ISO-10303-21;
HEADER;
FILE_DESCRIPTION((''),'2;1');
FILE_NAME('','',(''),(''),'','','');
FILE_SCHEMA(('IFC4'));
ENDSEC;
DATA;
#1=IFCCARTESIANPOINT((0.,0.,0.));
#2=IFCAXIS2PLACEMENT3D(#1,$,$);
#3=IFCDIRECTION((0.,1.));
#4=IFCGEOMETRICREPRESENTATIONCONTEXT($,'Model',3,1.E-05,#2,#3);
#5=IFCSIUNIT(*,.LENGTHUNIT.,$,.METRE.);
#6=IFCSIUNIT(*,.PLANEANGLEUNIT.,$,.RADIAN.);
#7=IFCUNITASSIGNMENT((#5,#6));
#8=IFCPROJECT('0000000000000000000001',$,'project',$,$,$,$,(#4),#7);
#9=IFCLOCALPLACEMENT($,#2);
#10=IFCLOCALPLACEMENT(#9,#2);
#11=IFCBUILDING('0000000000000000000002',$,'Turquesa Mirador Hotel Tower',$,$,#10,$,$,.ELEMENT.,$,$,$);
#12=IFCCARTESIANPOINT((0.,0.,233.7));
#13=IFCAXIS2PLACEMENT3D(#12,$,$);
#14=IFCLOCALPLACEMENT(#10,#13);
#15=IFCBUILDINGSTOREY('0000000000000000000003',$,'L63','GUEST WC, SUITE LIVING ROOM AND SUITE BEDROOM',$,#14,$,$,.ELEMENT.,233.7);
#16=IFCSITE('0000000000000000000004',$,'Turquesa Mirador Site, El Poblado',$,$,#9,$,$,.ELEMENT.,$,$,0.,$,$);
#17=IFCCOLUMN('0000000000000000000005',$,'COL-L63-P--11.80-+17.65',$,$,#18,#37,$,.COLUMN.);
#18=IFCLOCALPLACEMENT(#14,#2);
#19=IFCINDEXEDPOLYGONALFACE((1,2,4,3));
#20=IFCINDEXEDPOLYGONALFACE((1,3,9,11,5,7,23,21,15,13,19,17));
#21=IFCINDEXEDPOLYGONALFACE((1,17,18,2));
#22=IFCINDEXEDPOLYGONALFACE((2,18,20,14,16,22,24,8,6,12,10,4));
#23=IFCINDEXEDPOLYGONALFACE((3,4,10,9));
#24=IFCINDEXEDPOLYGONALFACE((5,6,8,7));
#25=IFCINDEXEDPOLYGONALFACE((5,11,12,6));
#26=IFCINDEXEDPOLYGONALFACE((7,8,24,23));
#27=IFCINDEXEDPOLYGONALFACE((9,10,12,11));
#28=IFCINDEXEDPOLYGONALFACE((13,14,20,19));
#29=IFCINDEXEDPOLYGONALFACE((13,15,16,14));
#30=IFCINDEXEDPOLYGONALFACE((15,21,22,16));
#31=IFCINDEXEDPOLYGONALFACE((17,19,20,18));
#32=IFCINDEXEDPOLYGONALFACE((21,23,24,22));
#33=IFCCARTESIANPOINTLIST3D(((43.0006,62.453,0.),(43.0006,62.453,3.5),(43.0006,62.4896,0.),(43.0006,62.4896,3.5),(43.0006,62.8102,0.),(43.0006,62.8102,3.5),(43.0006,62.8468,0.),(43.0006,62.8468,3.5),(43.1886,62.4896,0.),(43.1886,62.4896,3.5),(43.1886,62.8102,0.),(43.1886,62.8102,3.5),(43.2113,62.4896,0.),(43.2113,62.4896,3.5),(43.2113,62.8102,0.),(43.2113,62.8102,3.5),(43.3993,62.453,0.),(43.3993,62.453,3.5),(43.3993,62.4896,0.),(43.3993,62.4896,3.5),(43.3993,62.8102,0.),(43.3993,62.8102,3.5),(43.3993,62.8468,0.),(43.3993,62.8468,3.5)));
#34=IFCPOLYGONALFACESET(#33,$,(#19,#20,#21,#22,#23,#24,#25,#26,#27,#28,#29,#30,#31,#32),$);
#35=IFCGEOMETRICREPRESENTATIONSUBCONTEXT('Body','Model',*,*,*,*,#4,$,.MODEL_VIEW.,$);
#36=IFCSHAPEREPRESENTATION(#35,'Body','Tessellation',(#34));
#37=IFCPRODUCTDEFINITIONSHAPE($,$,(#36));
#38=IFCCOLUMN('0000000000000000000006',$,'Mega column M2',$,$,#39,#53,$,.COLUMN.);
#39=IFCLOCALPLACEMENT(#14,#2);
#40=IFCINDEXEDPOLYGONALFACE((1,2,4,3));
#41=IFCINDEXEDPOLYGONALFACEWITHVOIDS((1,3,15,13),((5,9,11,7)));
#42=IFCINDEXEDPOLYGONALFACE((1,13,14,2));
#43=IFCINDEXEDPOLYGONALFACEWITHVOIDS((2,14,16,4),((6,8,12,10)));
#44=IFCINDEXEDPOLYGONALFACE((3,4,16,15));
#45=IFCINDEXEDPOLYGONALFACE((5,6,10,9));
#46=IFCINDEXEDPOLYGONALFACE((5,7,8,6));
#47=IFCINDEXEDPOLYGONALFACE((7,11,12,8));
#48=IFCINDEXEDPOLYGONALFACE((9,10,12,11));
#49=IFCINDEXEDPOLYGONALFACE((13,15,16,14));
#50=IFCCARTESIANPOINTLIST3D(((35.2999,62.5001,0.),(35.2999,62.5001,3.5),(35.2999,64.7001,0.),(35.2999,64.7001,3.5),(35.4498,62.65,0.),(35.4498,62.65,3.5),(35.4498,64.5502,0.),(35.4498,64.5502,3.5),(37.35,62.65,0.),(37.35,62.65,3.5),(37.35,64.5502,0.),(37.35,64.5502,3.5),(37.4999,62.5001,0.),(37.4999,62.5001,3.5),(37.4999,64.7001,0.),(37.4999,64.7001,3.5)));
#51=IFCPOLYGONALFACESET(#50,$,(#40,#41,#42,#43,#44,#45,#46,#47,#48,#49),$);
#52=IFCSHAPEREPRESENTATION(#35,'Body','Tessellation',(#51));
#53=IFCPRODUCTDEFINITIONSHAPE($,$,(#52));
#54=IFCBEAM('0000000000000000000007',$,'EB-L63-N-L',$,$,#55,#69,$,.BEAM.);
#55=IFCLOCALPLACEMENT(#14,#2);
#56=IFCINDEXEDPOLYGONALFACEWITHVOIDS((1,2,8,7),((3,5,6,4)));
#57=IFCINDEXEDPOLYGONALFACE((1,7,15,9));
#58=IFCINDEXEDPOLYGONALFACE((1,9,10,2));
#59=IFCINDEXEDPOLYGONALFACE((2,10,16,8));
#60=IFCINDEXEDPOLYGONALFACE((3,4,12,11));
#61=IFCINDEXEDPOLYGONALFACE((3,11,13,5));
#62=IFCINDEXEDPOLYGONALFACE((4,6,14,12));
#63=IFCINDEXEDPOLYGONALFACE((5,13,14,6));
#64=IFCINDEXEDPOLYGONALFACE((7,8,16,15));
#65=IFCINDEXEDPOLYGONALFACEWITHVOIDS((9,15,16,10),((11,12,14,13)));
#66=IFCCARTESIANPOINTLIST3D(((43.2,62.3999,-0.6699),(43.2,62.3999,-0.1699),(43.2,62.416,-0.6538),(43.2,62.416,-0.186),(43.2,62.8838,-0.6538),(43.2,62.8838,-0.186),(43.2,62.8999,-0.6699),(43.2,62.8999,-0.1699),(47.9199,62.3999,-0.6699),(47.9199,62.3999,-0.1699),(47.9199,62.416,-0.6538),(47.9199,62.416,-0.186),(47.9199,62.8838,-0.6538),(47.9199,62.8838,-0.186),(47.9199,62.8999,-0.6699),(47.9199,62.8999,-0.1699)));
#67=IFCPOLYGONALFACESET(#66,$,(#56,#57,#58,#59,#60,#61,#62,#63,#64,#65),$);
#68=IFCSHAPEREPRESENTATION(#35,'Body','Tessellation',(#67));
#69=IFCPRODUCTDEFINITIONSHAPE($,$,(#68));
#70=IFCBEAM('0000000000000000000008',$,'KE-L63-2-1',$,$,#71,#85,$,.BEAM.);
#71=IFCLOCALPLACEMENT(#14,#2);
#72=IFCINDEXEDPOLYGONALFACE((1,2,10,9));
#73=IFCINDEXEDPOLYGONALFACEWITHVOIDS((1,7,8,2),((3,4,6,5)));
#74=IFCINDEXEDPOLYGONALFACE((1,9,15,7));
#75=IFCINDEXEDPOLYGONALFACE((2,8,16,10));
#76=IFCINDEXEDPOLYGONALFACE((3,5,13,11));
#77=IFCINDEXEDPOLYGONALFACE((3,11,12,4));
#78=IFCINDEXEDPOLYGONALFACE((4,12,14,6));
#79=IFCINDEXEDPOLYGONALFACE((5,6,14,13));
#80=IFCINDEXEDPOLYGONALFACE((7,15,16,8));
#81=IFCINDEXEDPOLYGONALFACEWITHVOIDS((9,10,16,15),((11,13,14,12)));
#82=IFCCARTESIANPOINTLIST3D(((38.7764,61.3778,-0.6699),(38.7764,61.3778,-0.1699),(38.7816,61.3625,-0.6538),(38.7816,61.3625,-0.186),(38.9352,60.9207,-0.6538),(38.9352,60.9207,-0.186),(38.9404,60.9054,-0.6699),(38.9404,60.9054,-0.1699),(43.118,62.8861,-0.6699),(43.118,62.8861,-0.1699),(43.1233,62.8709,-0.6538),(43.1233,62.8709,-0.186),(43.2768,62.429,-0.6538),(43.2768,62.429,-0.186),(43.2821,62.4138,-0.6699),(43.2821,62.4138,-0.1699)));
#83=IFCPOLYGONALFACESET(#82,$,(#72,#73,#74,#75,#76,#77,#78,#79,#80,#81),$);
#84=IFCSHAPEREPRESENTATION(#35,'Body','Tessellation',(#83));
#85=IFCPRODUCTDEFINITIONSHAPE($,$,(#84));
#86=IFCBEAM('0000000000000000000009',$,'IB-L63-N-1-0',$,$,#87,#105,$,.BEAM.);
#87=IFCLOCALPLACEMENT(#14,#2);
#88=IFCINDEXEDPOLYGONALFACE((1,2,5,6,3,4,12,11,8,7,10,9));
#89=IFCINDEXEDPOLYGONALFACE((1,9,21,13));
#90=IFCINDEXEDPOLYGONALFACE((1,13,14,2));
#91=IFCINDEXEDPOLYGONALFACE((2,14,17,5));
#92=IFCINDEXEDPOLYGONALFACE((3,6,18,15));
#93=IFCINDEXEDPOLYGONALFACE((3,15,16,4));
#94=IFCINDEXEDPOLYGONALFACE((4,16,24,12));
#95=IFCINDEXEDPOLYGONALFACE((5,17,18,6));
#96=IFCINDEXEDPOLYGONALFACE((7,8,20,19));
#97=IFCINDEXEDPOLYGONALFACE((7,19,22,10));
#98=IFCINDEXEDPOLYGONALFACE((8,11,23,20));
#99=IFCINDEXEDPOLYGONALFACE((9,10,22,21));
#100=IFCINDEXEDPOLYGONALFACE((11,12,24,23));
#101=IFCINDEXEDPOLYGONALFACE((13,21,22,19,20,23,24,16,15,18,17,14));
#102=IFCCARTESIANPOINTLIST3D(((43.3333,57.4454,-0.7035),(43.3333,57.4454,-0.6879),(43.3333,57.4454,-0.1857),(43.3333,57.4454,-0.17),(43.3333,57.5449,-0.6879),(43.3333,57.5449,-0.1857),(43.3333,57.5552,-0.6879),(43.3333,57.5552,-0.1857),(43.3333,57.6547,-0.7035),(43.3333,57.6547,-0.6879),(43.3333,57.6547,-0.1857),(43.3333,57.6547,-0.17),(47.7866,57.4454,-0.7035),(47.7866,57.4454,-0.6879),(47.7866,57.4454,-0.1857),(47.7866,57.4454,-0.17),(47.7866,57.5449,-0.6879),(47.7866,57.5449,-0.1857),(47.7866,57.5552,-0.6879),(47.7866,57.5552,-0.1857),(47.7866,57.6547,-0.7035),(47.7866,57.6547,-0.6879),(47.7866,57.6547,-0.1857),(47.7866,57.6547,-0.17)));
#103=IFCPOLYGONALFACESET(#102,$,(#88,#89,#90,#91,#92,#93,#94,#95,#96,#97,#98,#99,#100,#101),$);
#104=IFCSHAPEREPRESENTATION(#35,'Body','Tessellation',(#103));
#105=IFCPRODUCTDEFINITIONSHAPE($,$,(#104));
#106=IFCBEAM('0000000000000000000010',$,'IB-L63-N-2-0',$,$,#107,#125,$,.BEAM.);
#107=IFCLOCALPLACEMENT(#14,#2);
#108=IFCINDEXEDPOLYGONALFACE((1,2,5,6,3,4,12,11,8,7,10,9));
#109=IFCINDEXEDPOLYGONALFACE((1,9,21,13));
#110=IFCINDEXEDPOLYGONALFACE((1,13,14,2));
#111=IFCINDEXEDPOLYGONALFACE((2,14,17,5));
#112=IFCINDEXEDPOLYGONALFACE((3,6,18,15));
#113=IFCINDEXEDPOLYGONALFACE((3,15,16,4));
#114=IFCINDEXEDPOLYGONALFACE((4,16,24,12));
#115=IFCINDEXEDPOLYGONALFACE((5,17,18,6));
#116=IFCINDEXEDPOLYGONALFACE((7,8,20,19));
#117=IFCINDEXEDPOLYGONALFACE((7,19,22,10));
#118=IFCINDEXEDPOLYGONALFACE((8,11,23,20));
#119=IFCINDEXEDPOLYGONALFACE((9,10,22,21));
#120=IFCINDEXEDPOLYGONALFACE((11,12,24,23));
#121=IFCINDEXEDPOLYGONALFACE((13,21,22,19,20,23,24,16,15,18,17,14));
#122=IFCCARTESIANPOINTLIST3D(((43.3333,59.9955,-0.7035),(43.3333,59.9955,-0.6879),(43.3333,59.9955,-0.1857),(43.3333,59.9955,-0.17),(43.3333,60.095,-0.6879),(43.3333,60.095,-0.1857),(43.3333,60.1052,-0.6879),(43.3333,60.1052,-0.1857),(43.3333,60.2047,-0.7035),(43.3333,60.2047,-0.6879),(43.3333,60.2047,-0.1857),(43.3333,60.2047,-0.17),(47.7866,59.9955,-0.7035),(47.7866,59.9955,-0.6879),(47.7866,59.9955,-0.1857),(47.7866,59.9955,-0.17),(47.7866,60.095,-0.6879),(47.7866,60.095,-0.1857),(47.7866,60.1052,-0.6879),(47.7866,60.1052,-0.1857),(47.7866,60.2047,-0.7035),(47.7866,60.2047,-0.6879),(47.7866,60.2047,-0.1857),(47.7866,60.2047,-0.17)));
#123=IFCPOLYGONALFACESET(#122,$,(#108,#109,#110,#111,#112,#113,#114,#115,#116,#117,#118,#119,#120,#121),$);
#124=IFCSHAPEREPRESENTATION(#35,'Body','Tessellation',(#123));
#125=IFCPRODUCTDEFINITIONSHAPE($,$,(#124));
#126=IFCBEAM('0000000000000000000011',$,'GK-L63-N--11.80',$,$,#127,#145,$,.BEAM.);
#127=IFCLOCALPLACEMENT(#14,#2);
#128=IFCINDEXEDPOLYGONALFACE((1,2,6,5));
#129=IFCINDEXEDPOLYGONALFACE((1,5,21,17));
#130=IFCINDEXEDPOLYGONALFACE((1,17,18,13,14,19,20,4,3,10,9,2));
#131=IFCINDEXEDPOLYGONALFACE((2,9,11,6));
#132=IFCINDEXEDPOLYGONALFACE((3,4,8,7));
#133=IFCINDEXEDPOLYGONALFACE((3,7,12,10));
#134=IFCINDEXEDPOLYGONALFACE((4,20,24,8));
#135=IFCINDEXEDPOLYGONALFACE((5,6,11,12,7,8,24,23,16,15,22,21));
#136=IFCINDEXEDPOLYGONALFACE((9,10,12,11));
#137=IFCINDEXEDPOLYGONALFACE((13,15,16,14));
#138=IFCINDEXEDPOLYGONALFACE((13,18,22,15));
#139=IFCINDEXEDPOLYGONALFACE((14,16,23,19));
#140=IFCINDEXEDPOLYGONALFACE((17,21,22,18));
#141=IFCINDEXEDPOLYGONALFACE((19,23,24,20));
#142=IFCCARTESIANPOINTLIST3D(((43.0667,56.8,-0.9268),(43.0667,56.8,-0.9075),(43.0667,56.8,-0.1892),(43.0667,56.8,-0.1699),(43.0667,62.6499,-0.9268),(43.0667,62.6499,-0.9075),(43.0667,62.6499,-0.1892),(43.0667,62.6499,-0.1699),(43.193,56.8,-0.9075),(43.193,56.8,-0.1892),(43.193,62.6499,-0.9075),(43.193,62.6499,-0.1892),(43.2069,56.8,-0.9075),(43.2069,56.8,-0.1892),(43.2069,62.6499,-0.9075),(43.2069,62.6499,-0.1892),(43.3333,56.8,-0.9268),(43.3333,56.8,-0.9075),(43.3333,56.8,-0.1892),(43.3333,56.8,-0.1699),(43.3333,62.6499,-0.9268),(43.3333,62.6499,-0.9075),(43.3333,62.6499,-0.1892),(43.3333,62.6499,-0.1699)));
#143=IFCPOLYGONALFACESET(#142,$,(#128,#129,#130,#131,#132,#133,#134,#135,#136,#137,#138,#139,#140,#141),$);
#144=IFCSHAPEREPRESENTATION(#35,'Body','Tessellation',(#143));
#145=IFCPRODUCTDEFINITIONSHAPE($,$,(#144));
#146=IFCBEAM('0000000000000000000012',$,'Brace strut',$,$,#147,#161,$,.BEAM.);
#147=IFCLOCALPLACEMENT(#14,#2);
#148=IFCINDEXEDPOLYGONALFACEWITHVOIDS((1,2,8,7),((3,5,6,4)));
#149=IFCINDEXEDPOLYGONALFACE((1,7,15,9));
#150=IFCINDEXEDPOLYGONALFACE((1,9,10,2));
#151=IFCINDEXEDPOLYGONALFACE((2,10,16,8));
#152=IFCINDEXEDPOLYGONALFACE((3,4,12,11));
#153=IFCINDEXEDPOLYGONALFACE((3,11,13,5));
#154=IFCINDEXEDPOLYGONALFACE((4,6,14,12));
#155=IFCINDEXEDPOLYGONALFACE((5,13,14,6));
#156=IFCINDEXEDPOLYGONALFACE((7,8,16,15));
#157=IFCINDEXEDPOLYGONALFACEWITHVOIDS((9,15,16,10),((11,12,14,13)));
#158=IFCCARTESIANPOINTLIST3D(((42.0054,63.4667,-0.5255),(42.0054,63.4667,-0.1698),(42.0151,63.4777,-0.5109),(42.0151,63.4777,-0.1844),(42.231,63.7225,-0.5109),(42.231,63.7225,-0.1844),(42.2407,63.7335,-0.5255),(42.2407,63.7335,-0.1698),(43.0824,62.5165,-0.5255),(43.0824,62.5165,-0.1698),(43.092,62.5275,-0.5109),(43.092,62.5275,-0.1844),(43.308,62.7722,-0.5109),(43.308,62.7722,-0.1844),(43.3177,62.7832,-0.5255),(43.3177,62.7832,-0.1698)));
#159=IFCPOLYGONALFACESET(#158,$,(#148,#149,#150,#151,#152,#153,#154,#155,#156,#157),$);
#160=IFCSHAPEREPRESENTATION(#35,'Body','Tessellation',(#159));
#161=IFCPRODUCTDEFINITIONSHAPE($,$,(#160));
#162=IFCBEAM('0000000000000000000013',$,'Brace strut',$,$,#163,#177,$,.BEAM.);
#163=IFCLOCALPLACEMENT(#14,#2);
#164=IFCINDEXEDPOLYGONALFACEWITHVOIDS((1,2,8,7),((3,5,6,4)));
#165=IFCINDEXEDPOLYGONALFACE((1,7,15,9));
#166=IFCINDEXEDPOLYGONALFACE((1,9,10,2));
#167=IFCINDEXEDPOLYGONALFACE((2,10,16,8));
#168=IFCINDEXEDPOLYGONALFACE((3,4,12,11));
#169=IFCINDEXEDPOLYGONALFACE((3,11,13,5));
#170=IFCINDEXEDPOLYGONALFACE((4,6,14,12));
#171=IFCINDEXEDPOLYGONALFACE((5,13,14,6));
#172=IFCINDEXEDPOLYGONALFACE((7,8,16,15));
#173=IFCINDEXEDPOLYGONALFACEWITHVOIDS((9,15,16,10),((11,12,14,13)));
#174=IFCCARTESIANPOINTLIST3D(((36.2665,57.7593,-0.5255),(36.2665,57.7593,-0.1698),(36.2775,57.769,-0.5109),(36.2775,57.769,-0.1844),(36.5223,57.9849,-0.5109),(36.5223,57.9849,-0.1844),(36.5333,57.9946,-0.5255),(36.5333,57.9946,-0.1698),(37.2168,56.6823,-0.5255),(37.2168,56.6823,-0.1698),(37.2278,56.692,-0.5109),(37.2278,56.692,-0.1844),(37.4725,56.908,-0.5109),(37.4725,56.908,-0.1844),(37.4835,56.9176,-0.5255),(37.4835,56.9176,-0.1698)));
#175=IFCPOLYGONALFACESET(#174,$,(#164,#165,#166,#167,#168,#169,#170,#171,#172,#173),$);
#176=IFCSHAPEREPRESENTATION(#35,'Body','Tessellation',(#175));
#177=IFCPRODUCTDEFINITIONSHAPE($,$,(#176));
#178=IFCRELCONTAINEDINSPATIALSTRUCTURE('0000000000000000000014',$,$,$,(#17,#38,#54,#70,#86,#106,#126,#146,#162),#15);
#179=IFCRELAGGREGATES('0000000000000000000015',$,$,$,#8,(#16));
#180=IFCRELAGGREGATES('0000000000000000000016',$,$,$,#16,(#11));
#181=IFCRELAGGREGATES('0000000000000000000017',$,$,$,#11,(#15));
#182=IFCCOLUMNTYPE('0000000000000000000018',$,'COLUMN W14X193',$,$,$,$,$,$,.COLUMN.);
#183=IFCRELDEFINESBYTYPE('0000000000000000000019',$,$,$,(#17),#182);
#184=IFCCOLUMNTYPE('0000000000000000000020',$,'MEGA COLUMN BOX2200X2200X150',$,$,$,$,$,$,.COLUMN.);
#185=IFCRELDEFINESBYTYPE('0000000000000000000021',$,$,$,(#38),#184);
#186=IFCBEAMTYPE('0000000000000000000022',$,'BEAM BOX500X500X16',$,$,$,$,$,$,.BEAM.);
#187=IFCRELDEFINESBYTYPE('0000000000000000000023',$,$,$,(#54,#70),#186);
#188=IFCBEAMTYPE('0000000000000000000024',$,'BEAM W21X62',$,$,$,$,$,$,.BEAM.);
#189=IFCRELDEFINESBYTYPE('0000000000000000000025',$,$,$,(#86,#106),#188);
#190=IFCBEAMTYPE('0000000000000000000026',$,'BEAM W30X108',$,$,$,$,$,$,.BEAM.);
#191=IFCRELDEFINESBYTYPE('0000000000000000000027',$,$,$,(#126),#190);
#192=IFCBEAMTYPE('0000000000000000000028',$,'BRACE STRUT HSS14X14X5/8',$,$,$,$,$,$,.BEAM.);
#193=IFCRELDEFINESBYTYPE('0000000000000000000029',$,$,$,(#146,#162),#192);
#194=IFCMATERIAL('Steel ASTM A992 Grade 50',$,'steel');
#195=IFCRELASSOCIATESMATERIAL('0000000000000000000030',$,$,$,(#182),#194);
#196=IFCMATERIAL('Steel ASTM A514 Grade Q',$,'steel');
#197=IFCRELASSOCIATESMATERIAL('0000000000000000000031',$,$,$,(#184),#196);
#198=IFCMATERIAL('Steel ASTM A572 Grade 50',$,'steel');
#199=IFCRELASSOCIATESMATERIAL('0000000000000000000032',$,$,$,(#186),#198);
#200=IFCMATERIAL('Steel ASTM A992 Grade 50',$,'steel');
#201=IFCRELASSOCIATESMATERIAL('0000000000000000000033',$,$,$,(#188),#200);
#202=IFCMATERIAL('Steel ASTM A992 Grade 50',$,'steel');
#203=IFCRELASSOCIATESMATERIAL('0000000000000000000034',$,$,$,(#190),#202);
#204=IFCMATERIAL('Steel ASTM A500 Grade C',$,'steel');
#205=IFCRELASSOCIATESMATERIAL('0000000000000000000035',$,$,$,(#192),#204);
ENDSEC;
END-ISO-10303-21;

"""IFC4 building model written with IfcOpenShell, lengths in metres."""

from ifc_helpers import new_model, si_unit, direction, frame, origin, origin_2d, place, context, subcontext, project, spatial, hollow_rectangle, i_section, extrude, material, material_profile, profile_set, type_object, element, save


model = new_model("IFC4")

# Units and contexts
model_context = context("Model", 3, precision=1e-05, world=origin(), true_north=direction((0.0, 1.0)))
body_context = subcontext(model_context, "Body", "Model", "MODEL_VIEW")
ifc_project = project(units=[si_unit("LENGTHUNIT", "METRE"), si_unit("PLANEANGLEUNIT", "RADIAN")], contexts=[model_context])

# Site, building, storey
site_placement = place(None, origin())
site = spatial("IfcSite", under=ifc_project, at=site_placement, Name="Turquesa Mirador Site, El Poblado", CompositionType="ELEMENT", RefElevation=0.0)
building_placement = place(site_placement, origin())
building = spatial("IfcBuilding", under=site, at=building_placement, Name="Turquesa Mirador Hotel Tower", CompositionType="ELEMENT")
storey_placement = place(building_placement, frame((0.0, 0.0, 233.7)))
storey = spatial("IfcBuildingStorey", under=building, at=storey_placement, Name="L63", Description="GUEST WC, SUITE LIVING ROOM AND SUITE BEDROOM", CompositionType="ELEMENT", Elevation=233.7)

# Columns
ifc_material_1 = material(Name="Steel ASTM A992 Grade 50", Category="steel")
ifc_material_profile_1 = material_profile(ifc_material_1, i_section(OverallWidth=0.3987, OverallDepth=0.3938, WebThickness=0.0227, FlangeThickness=0.0366, at=origin_2d()), Name="W14X193")
ifc_profile_set_1 = profile_set([ifc_material_profile_1], Name="Steel ASTM A992 Grade 50")
column_type_1 = type_object("IfcColumnType", Name="COLUMN W14X193", PredefinedType="COLUMN", material=ifc_profile_set_1)
column_1_placement = place(storey_placement, frame((43.2, 62.6499, 0.0), z_axis=(0.0, 0.0, 1.0), x_axis=(1.0, 0.0, 0.0)))
element("IfcColumn", 1, at=column_1_placement, inside=storey, type_object=column_type_1, Name="COL-L63-P--11.80-+17.65", PredefinedType="COLUMN", context=body_context, shape_type="SweptSolid", body=[
    extrude(i_section(OverallWidth=0.3987, OverallDepth=0.3938, WebThickness=0.0227, FlangeThickness=0.0366, at=origin_2d()), origin(), (0.0, 0.0, 1.0), 3.5),
])
ifc_material_2 = material(Name="Steel ASTM A514 Grade Q", Category="steel")
ifc_material_profile_2 = material_profile(ifc_material_2, hollow_rectangle(XDim=2.2, YDim=2.2, WallThickness=0.1499, at=origin_2d()), Name="BOX2200X2200X150")
ifc_profile_set_2 = profile_set([ifc_material_profile_2], Name="Steel ASTM A514 Grade Q")
column_type_2 = type_object("IfcColumnType", Name="MEGA COLUMN BOX2200X2200X150", PredefinedType="COLUMN", material=ifc_profile_set_2)
column_2_placement = place(storey_placement, frame((36.3999, 63.6001, 0.0), z_axis=(0.0, 0.0, 1.0), x_axis=(1.0, 0.0, 0.0)))
element("IfcColumn", 2, at=column_2_placement, inside=storey, type_object=column_type_2, Name="Mega column M2", PredefinedType="COLUMN", context=body_context, shape_type="SweptSolid", body=[
    extrude(hollow_rectangle(XDim=2.2, YDim=2.2, WallThickness=0.1499, at=origin_2d()), origin(), (0.0, 0.0, 1.0), 3.5),
])

# Beams
ifc_material_3 = material(Name="Steel ASTM A572 Grade 50", Category="steel")
ifc_material_profile_3 = material_profile(ifc_material_3, hollow_rectangle(XDim=0.5, YDim=0.5, WallThickness=0.0161, at=origin_2d()), Name="BOX500X500X16")
ifc_profile_set_3 = profile_set([ifc_material_profile_3], Name="Steel ASTM A572 Grade 50")
beam_type_1 = type_object("IfcBeamType", Name="BEAM BOX500X500X16", PredefinedType="BEAM", material=ifc_profile_set_3)
beam_1_placement = place(storey_placement, frame((43.2, 62.6499, -0.4199), z_axis=(1.0, 0.0, 0.0), x_axis=(0.0, 1.0, 0.0)))
element("IfcBeam", 3, at=beam_1_placement, inside=storey, type_object=beam_type_1, Name="EB-L63-N-L", PredefinedType="BEAM", context=body_context, shape_type="SweptSolid", body=[
    extrude(hollow_rectangle(XDim=0.5, YDim=0.5, WallThickness=0.0161, at=origin_2d()), origin(), (0.0, 0.0, 1.0), 4.72),
])
beam_2_placement = place(storey_placement, frame((38.8584, 61.1416, -0.4199), z_axis=(0.944619, 0.32817, 0.0), x_axis=(-0.32817, 0.944619, 0.0)))
element("IfcBeam", 4, at=beam_2_placement, inside=storey, type_object=beam_type_1, Name="KE-L63-2-1", PredefinedType="BEAM", context=body_context, shape_type="SweptSolid", body=[
    extrude(hollow_rectangle(XDim=0.5, YDim=0.5, WallThickness=0.0161, at=origin_2d()), origin(), (0.0, 0.0, 1.0), 4.5962),
])
ifc_material_4 = material(Name="Steel ASTM A992 Grade 50", Category="steel")
ifc_material_profile_4 = material_profile(ifc_material_4, i_section(OverallWidth=0.2092, OverallDepth=0.5334, WebThickness=0.0103, FlangeThickness=0.0156, at=origin_2d()), Name="W21X62")
ifc_profile_set_4 = profile_set([ifc_material_profile_4], Name="Steel ASTM A992 Grade 50")
beam_type_2 = type_object("IfcBeamType", Name="BEAM W21X62", PredefinedType="BEAM", material=ifc_profile_set_4)
for number, where, z_axis, x_axis, name in (
    (5, (43.3333, 57.55, -0.4368), (1.0, 0.0, 0.0), (0.0, 1.0, 0.0), "IB-L63-N-1-0"),
    (6, (43.3333, 60.1001, -0.4368), (1.0, 0.0, 0.0), (0.0, 1.0, 0.0), "IB-L63-N-2-0"),
):
    element("IfcBeam", number, at=place(storey_placement, frame(where, z_axis=z_axis, x_axis=x_axis)), inside=storey, type_object=beam_type_2, Name=name, PredefinedType="BEAM", context=body_context, shape_type="SweptSolid", body=[
        extrude(i_section(OverallWidth=0.2092, OverallDepth=0.5334, WebThickness=0.0103, FlangeThickness=0.0156, at=origin_2d()), origin(), (0.0, 0.0, 1.0), 4.4534),
    ])
ifc_material_5 = material(Name="Steel ASTM A992 Grade 50", Category="steel")
ifc_material_profile_5 = material_profile(ifc_material_5, i_section(OverallWidth=0.2666, OverallDepth=0.7568, WebThickness=0.0139, FlangeThickness=0.0193, at=origin_2d()), Name="W30X108")
ifc_profile_set_5 = profile_set([ifc_material_profile_5], Name="Steel ASTM A992 Grade 50")
beam_type_3 = type_object("IfcBeamType", Name="BEAM W30X108", PredefinedType="BEAM", material=ifc_profile_set_5)
beam_3_placement = place(storey_placement, frame((43.2, 62.6499, -0.5483), z_axis=(0.0, -1.0, 0.0), x_axis=(1.0, 0.0, 0.0)))
element("IfcBeam", 7, at=beam_3_placement, inside=storey, type_object=beam_type_3, Name="GK-L63-N--11.80", PredefinedType="BEAM", context=body_context, shape_type="SweptSolid", body=[
    extrude(i_section(OverallWidth=0.2666, OverallDepth=0.7568, WebThickness=0.0139, FlangeThickness=0.0193, at=origin_2d()), origin(), (0.0, 0.0, 1.0), 5.8499),
])
ifc_material_6 = material(Name="Steel ASTM A500 Grade C", Category="steel")
ifc_material_profile_6 = material_profile(ifc_material_6, hollow_rectangle(XDim=0.3557, YDim=0.3557, WallThickness=0.0146, at=origin_2d()), Name="HSS14X14X5/8")
ifc_profile_set_6 = profile_set([ifc_material_profile_6], Name="Steel ASTM A500 Grade C")
beam_type_4 = type_object("IfcBeamType", Name="BRACE STRUT HSS14X14X5/8", PredefinedType="BEAM", material=ifc_profile_set_6)
for number, where, z_axis, x_axis, name in (
    (8, (42.123, 63.6001, -0.3477), (0.749843, -0.661616, 0.0), (0.661616, 0.749843, 0.0), "Brace strut"),
    (9, (36.3999, 57.877, -0.3477), (0.661616, -0.749843, 0.0), (0.749843, 0.661616, 0.0), "Brace strut"),
):
    element("IfcBeam", number, at=place(storey_placement, frame(where, z_axis=z_axis, x_axis=x_axis)), inside=storey, type_object=beam_type_4, Name=name, PredefinedType="BEAM", context=body_context, shape_type="SweptSolid", body=[
        extrude(hollow_rectangle(XDim=0.3557, YDim=0.3557, WallThickness=0.0146, at=origin_2d()), origin(), (0.0, 0.0, 1.0), 1.4363),
    ])

save(model, "model.ifc")
